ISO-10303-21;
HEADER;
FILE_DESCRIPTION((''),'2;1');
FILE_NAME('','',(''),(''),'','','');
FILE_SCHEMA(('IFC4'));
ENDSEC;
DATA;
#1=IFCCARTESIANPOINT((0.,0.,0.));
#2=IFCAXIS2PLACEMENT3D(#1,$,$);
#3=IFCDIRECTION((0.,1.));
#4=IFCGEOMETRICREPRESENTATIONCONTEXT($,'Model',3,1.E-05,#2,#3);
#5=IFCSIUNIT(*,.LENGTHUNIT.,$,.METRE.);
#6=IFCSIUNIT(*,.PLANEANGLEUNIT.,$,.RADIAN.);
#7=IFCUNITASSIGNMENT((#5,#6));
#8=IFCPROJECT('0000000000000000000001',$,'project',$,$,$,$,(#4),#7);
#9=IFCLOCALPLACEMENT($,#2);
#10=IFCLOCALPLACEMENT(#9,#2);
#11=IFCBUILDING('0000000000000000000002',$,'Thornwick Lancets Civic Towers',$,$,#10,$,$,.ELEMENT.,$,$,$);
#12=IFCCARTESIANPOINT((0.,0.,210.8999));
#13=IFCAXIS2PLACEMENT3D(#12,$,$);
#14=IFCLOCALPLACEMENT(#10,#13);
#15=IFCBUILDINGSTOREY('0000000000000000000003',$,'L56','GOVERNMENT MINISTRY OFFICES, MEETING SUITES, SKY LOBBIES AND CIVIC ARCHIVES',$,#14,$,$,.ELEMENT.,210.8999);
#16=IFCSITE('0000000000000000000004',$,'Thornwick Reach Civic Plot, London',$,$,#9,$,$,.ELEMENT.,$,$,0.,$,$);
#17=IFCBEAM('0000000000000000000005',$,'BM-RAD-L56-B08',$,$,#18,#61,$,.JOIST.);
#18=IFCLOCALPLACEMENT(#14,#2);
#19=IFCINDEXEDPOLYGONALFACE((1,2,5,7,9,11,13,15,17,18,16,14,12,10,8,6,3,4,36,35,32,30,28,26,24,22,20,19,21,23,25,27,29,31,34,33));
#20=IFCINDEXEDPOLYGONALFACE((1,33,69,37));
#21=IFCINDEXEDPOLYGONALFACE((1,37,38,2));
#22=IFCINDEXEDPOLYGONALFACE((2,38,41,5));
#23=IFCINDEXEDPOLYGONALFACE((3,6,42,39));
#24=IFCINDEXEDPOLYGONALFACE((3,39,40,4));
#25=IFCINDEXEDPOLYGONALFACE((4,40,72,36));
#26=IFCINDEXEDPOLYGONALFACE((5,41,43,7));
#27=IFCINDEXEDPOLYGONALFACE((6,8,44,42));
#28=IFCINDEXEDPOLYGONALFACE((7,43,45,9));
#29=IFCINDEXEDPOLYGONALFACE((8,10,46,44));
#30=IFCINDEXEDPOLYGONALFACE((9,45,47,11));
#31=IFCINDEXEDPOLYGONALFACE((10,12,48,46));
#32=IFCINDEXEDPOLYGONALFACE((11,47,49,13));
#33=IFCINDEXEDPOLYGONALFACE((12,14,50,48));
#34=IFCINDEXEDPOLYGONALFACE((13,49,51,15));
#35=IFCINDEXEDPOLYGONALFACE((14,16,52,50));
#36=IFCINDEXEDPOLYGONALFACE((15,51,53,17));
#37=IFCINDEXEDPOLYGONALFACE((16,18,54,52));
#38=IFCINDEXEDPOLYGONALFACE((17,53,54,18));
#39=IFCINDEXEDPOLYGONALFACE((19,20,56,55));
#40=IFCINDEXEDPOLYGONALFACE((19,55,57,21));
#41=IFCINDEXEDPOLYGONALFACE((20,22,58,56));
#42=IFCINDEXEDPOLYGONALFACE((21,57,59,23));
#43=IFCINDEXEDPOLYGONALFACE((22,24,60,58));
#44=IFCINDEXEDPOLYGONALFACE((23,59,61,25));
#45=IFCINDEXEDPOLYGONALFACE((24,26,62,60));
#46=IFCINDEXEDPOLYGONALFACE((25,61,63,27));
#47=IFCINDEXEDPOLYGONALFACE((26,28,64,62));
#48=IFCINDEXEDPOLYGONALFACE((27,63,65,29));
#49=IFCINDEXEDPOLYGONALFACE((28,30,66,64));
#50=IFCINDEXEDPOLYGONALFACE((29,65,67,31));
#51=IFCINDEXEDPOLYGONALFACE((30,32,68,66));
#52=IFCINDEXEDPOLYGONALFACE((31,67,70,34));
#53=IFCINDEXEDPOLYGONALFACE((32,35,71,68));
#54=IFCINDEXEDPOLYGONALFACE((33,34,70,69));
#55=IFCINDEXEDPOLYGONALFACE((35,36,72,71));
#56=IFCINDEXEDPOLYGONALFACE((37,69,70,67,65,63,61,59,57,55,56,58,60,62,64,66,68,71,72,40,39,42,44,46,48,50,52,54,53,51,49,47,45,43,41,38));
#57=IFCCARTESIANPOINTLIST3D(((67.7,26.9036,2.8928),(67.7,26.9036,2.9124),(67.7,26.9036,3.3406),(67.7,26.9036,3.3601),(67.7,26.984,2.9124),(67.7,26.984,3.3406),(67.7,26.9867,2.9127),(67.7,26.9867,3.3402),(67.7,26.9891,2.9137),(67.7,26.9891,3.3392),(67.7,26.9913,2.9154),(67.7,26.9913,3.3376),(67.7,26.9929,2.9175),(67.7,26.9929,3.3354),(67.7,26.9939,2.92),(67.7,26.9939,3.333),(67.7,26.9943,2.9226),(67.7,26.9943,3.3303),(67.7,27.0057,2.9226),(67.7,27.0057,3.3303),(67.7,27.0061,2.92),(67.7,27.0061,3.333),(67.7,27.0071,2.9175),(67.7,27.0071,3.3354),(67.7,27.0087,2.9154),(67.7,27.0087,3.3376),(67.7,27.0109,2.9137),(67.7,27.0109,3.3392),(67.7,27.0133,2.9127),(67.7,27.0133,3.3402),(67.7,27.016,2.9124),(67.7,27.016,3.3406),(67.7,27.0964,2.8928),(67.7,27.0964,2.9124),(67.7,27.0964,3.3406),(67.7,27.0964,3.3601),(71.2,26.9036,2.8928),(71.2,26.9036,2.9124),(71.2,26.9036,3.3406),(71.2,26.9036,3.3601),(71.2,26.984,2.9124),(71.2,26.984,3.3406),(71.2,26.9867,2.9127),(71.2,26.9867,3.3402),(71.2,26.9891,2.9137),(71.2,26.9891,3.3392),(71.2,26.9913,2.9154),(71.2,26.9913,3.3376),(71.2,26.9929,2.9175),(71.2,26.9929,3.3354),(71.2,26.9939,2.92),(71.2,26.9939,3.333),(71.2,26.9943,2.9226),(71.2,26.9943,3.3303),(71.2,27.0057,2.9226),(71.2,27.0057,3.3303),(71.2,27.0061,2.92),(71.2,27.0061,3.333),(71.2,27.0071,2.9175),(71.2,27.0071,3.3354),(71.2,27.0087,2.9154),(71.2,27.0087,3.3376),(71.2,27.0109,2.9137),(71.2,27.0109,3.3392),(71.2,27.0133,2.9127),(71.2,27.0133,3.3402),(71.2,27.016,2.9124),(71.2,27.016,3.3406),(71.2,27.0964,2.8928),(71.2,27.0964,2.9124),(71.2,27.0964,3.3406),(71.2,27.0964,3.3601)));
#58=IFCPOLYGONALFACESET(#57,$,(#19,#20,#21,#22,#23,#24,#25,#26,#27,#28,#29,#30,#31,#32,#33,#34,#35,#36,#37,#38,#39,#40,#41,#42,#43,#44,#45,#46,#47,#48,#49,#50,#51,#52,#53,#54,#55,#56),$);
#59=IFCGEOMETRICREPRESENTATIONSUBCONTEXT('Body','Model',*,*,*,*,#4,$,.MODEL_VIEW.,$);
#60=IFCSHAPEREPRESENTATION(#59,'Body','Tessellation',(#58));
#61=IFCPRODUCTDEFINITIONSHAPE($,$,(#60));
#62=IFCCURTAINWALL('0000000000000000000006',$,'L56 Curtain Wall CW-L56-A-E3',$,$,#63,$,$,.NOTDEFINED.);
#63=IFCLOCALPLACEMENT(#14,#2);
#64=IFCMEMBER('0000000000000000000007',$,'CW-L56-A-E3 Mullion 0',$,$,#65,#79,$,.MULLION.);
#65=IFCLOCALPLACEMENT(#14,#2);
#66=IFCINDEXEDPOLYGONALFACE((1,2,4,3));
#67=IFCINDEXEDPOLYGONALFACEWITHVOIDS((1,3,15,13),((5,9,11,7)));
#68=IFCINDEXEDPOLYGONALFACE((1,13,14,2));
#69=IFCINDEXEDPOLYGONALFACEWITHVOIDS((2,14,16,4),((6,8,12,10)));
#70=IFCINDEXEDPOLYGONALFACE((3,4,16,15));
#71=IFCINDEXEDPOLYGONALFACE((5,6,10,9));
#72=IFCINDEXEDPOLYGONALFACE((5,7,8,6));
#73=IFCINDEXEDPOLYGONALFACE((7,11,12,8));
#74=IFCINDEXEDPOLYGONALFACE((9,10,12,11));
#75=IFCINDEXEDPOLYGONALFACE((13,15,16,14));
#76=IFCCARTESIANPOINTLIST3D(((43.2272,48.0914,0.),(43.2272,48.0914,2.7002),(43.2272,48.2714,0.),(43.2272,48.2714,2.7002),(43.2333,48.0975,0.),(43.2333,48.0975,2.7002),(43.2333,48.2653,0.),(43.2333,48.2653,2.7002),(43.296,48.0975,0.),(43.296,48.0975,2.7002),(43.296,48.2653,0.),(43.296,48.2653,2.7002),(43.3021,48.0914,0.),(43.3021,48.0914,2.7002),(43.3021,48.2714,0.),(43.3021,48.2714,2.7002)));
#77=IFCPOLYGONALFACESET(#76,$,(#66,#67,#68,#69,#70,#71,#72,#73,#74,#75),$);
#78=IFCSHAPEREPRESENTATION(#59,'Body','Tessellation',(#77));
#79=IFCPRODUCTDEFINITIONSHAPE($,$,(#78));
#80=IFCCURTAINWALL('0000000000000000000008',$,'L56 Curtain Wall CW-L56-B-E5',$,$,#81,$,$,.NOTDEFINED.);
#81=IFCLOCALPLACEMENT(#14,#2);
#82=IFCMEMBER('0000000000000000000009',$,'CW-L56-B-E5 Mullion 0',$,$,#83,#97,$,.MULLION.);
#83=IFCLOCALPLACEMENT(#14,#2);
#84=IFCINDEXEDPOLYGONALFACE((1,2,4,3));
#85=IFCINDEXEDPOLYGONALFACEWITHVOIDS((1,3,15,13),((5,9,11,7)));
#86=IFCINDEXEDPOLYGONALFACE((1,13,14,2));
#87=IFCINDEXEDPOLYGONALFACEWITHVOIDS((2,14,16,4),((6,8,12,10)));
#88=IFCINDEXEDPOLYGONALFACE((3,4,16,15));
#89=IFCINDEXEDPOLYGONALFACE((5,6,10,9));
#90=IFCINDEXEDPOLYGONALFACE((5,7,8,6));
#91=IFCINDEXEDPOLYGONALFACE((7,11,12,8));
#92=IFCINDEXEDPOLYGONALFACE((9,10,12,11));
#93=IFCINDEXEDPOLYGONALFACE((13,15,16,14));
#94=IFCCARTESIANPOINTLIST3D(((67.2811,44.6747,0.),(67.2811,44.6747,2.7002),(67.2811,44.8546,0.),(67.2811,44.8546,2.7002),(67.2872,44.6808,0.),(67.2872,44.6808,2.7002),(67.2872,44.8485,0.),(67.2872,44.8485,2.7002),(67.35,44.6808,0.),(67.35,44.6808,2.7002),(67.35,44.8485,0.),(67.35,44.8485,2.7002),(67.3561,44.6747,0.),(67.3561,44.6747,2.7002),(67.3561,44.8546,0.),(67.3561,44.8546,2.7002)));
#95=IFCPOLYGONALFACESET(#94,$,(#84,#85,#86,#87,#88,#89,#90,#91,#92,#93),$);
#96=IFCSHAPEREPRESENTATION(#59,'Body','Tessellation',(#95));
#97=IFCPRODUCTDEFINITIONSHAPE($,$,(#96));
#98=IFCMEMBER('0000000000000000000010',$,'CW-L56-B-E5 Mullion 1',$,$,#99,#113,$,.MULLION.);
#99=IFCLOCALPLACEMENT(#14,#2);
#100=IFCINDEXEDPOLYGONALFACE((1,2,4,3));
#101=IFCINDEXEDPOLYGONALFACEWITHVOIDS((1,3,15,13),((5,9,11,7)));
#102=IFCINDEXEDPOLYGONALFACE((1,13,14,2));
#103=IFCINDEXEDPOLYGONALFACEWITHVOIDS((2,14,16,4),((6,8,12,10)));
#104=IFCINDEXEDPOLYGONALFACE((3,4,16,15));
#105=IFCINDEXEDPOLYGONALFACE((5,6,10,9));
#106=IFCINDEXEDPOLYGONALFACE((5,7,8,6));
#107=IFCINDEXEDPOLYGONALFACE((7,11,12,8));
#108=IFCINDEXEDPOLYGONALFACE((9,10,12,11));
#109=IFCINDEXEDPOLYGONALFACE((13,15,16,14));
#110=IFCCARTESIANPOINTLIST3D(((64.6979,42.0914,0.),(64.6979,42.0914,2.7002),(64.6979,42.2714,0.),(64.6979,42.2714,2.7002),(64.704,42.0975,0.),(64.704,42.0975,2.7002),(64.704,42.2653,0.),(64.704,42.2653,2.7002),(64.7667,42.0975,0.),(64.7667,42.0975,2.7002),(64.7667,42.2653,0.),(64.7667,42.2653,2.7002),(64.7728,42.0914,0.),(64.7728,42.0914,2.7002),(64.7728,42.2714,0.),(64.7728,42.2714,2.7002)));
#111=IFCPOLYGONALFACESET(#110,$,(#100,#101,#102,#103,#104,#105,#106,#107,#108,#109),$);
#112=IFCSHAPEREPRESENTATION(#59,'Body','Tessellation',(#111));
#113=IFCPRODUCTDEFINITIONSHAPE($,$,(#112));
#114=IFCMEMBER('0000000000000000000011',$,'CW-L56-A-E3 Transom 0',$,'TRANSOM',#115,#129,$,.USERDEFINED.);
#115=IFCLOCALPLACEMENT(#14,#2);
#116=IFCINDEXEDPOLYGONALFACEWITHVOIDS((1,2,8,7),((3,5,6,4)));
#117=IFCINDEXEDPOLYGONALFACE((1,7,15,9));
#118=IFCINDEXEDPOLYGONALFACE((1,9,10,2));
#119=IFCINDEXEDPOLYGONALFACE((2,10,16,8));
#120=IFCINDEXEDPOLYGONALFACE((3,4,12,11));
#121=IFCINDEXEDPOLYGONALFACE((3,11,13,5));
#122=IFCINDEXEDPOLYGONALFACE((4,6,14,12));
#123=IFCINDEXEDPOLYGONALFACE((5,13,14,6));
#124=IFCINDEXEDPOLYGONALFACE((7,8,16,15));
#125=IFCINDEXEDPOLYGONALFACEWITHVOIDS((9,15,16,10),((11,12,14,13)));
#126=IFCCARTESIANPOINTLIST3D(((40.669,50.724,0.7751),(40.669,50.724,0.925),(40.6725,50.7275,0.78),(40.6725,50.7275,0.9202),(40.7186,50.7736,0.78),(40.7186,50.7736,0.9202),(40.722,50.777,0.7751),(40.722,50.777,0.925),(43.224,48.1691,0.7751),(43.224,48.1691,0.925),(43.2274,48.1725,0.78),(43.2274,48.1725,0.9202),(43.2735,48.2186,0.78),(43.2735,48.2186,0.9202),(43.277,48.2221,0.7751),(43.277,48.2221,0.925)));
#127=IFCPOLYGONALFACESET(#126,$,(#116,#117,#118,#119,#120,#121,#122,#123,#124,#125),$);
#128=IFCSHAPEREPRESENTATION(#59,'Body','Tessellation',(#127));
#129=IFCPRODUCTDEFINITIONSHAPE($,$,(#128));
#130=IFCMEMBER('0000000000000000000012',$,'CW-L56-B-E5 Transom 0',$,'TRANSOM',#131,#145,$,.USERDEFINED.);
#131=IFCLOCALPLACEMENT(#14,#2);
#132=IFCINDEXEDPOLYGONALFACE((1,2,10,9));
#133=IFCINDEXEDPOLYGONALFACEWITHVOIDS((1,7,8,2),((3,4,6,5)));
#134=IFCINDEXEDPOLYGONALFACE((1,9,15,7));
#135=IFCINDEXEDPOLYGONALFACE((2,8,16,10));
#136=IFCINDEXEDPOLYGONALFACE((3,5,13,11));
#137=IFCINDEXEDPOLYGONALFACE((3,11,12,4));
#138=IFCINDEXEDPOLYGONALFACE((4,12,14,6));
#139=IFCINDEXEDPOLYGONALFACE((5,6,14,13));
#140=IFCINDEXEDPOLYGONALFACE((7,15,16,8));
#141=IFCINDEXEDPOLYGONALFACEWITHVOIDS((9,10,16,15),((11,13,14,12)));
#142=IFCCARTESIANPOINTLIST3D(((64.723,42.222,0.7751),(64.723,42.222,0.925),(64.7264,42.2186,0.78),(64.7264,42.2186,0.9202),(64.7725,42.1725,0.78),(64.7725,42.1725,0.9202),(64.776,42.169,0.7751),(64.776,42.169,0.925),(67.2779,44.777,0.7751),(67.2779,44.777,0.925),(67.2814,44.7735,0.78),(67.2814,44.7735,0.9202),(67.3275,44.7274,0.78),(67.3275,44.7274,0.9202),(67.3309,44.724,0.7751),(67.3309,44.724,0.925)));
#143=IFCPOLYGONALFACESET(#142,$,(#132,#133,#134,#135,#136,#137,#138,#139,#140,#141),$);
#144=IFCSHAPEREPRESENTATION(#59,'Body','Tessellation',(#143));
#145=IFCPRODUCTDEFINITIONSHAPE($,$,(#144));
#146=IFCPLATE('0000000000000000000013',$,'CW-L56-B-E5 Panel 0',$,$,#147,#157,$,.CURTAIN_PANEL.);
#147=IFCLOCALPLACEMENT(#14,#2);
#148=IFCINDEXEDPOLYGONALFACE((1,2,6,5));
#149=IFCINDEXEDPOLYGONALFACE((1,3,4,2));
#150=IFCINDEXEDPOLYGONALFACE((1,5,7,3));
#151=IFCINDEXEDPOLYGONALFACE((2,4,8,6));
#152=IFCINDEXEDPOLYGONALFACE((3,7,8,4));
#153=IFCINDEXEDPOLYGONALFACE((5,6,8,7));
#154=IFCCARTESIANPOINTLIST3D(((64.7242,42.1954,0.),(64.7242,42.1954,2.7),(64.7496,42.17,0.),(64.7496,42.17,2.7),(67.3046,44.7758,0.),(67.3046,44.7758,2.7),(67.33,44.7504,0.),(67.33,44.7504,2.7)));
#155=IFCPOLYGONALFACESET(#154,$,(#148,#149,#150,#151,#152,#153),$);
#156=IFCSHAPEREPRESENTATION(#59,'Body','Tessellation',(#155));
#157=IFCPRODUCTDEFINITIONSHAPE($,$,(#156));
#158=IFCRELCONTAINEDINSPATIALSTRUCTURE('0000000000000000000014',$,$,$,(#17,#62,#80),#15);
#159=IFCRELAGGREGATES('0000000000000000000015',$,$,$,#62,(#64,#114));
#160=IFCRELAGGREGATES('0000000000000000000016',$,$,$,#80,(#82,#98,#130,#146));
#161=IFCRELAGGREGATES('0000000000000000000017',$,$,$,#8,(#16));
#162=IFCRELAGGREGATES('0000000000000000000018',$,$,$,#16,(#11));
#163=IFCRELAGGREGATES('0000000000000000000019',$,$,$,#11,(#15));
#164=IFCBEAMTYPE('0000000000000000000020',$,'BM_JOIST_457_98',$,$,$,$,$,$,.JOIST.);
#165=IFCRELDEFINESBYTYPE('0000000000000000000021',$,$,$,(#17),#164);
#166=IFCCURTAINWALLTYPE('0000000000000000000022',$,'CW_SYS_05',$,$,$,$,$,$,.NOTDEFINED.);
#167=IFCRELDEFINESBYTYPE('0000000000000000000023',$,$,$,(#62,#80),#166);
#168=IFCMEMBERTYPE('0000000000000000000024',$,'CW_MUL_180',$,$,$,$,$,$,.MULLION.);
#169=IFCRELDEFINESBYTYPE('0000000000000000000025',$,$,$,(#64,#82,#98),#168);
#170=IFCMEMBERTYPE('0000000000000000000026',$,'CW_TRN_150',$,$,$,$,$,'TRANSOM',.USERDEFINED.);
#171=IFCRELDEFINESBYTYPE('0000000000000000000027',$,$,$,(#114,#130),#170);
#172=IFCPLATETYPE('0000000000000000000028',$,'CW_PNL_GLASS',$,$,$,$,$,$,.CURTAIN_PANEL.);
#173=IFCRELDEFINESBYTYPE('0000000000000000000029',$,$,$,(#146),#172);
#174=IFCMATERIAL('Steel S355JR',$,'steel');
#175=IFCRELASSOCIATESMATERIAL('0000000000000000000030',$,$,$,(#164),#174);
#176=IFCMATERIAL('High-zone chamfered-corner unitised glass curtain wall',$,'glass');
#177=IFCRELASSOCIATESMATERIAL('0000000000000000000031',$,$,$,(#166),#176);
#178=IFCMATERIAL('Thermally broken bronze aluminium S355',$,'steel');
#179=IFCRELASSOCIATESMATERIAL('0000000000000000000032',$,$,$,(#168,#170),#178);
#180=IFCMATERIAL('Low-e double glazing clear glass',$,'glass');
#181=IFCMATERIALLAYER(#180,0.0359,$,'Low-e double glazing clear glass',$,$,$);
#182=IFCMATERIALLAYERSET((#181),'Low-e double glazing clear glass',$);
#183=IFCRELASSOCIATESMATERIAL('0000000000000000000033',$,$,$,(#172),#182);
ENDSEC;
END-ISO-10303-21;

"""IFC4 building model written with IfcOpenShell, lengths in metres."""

from ifc_helpers import new_model, si_unit, direction, frame, origin, origin_2d, place, context, subcontext, project, spatial, rectangle, hollow_rectangle, i_section, extrude, material, layer, layer_set, material_profile, profile_set, type_object, element, aggregate, save


model = new_model("IFC4")

# Units and contexts
model_context = context("Model", 3, precision=1e-05, world=origin(), true_north=direction((0.0, 1.0)))
body_context = subcontext(model_context, "Body", "Model", "MODEL_VIEW")
ifc_project = project(units=[si_unit("LENGTHUNIT", "METRE"), si_unit("PLANEANGLEUNIT", "RADIAN")], contexts=[model_context])

# Site, building, storey
site_placement = place(None, origin())
site = spatial("IfcSite", under=ifc_project, at=site_placement, Name="Thornwick Reach Civic Plot, London", CompositionType="ELEMENT", RefElevation=0.0)
building_placement = place(site_placement, origin())
building = spatial("IfcBuilding", under=site, at=building_placement, Name="Thornwick Lancets Civic Towers", CompositionType="ELEMENT")
storey_placement = place(building_placement, frame((0.0, 0.0, 210.8999)))
storey = spatial("IfcBuildingStorey", under=building, at=storey_placement, Name="L56", Description="GOVERNMENT MINISTRY OFFICES, MEETING SUITES, SKY LOBBIES AND CIVIC ARCHIVES", CompositionType="ELEMENT", Elevation=210.8999)

# Shared definitions
ifc_material_1 = material(Name="Steel S355JR", Category="steel")

# Beam
ifc_material_profile_1 = material_profile(ifc_material_1, i_section(OverallWidth=0.1929, OverallDepth=0.4673, WebThickness=0.0115, FlangeThickness=0.0195, FilletRadius=0.0103, at=origin_2d()), Name="UKB 457x191x98")
ifc_profile_set_1 = profile_set([ifc_material_profile_1], Name="Steel S355JR")
beam_type_1 = type_object("IfcBeamType", Name="BM_JOIST_457_98", PredefinedType="JOIST", material=ifc_profile_set_1)
beam_1_placement = place(storey_placement, frame((71.2, 27.0, 3.1265), z_axis=(-1.0, 0.0, 0.0), x_axis=(0.0, -1.0, 0.0)))
element("IfcBeam", 1, at=beam_1_placement, inside=storey, type_object=beam_type_1, Name="BM-RAD-L56-B08", PredefinedType="JOIST", context=body_context, shape_type="SweptSolid", body=[
    extrude(i_section(OverallWidth=0.1929, OverallDepth=0.4673, WebThickness=0.0115, FlangeThickness=0.0195, FilletRadius=0.0103, at=origin_2d()), origin(), (0.0, 0.0, 1.0), 3.5),
])

# Curtain wall, member
ifc_material_2 = material(Name="High-zone chamfered-corner unitised glass curtain wall", Category="glass")
curtain_wall_type = type_object("IfcCurtainWallType", Name="CW_SYS_05", PredefinedType="NOTDEFINED", material=ifc_material_2)
curtain_wall_1_placement = place(storey_placement, origin())
curtain_wall_1 = element("IfcCurtainWall", 2, at=curtain_wall_1_placement, inside=storey, type_object=curtain_wall_type, Name="L56 Curtain Wall CW-L56-A-E3", PredefinedType="NOTDEFINED")
ifc_material_3 = material(Name="Thermally broken bronze aluminium S355", Category="steel")
ifc_material_profile_2 = material_profile(ifc_material_3, hollow_rectangle(XDim=0.075, YDim=0.1799, WallThickness=0.0061, at=origin_2d()), Name="RHS 180x75x6")
ifc_profile_set_2 = profile_set([ifc_material_profile_2], Name="Thermally broken bronze aluminium S355")
member_type_1 = type_object("IfcMemberType", Name="CW_MUL_180", PredefinedType="MULLION", material=ifc_profile_set_2)
member_1_placement = place(storey_placement, frame((43.2646, 48.1814, 0.0), z_axis=(0.0, 0.0, 1.0), x_axis=(1.0, 0.0, 0.0)))
member_1 = element("IfcMember", 3, at=member_1_placement, type_object=member_type_1, Name="CW-L56-A-E3 Mullion 0", PredefinedType="MULLION", context=body_context, shape_type="SweptSolid", body=[
    extrude(hollow_rectangle(XDim=0.075, YDim=0.1799, WallThickness=0.0061, at=origin_2d()), origin(), (0.0, 0.0, 1.0), 2.7002),
])

# Curtain wall, members
curtain_wall_2_placement = place(storey_placement, origin())
curtain_wall_2 = element("IfcCurtainWall", 4, at=curtain_wall_2_placement, inside=storey, type_object=curtain_wall_type, Name="L56 Curtain Wall CW-L56-B-E5", PredefinedType="NOTDEFINED")
member_2_placement = place(storey_placement, frame((67.3186, 44.7646, 0.0), z_axis=(0.0, 0.0, 1.0), x_axis=(1.0, 0.0, 0.0)))
member_2 = element("IfcMember", 5, at=member_2_placement, type_object=member_type_1, Name="CW-L56-B-E5 Mullion 0", PredefinedType="MULLION", context=body_context, shape_type="SweptSolid", body=[
    extrude(hollow_rectangle(XDim=0.075, YDim=0.1799, WallThickness=0.0061, at=origin_2d()), origin(), (0.0, 0.0, 1.0), 2.7002),
])
member_3_placement = place(storey_placement, frame((64.7354, 42.1814, 0.0), z_axis=(0.0, 0.0, 1.0), x_axis=(1.0, 0.0, 0.0)))
member_3 = element("IfcMember", 6, at=member_3_placement, type_object=member_type_1, Name="CW-L56-B-E5 Mullion 1", PredefinedType="MULLION", context=body_context, shape_type="SweptSolid", body=[
    extrude(hollow_rectangle(XDim=0.075, YDim=0.1799, WallThickness=0.0061, at=origin_2d()), origin(), (0.0, 0.0, 1.0), 2.7002),
])

# Members
ifc_material_profile_3 = material_profile(ifc_material_3, hollow_rectangle(XDim=0.075, YDim=0.1499, WallThickness=0.0049, at=origin_2d()), Name="RHS 150x75x5")
ifc_profile_set_3 = profile_set([ifc_material_profile_3], Name="Thermally broken bronze aluminium S355")
member_type_2 = type_object("IfcMemberType", Name="CW_TRN_150", ElementType="TRANSOM", PredefinedType="USERDEFINED", material=ifc_profile_set_3)
member_4_placement = place(storey_placement, frame((43.2505, 48.1956, 0.8501), z_axis=(-0.707107, 0.707107, 0.0), x_axis=(-0.707107, -0.707107, 0.0)))
member_4 = element("IfcMember", 7, at=member_4_placement, type_object=member_type_2, Name="CW-L56-A-E3 Transom 0", ObjectType="TRANSOM", PredefinedType="USERDEFINED", context=body_context, shape_type="SweptSolid", body=[
    extrude(hollow_rectangle(XDim=0.075, YDim=0.1499, WallThickness=0.0049, at=origin_2d()), origin(), (0.0, 0.0, 1.0), 3.6133),
])
aggregate(curtain_wall_1, [member_1, member_4])
member_5_placement = place(storey_placement, frame((67.3044, 44.7505, 0.8501), z_axis=(-0.707107, -0.707107, 0.0), x_axis=(0.707107, -0.707107, 0.0)))
member_5 = element("IfcMember", 8, at=member_5_placement, type_object=member_type_2, Name="CW-L56-B-E5 Transom 0", ObjectType="TRANSOM", PredefinedType="USERDEFINED", context=body_context, shape_type="SweptSolid", body=[
    extrude(hollow_rectangle(XDim=0.075, YDim=0.1499, WallThickness=0.0049, at=origin_2d()), origin(), (0.0, 0.0, 1.0), 3.6133),
])

# Plate
ifc_material_4 = material(Name="Low-e double glazing clear glass", Category="glass")
ifc_layer_1 = layer(ifc_material_4, 0.0359, Name="Low-e double glazing clear glass")
ifc_layer_set_1 = layer_set([ifc_layer_1], Name="Low-e double glazing clear glass")
plate_type = type_object("IfcPlateType", Name="CW_PNL_GLASS", PredefinedType="CURTAIN_PANEL", material=ifc_layer_set_1)
plate_placement = place(storey_placement, frame((66.0271, 43.4729, 0.0), z_axis=(0.0, 0.0, 1.0), x_axis=(-0.707107, -0.707107, 0.0)))
plate = element("IfcPlate", 9, at=plate_placement, type_object=plate_type, Name="CW-L56-B-E5 Panel 0", PredefinedType="CURTAIN_PANEL", context=body_context, shape_type="SweptSolid", body=[
    extrude(rectangle(XDim=3.6492, YDim=0.0359, at=origin_2d()), origin(), (0.0, 0.0, 1.0), 2.7),
])
aggregate(curtain_wall_2, [member_2, member_3, member_5, plate])

save(model, "model.ifc")
